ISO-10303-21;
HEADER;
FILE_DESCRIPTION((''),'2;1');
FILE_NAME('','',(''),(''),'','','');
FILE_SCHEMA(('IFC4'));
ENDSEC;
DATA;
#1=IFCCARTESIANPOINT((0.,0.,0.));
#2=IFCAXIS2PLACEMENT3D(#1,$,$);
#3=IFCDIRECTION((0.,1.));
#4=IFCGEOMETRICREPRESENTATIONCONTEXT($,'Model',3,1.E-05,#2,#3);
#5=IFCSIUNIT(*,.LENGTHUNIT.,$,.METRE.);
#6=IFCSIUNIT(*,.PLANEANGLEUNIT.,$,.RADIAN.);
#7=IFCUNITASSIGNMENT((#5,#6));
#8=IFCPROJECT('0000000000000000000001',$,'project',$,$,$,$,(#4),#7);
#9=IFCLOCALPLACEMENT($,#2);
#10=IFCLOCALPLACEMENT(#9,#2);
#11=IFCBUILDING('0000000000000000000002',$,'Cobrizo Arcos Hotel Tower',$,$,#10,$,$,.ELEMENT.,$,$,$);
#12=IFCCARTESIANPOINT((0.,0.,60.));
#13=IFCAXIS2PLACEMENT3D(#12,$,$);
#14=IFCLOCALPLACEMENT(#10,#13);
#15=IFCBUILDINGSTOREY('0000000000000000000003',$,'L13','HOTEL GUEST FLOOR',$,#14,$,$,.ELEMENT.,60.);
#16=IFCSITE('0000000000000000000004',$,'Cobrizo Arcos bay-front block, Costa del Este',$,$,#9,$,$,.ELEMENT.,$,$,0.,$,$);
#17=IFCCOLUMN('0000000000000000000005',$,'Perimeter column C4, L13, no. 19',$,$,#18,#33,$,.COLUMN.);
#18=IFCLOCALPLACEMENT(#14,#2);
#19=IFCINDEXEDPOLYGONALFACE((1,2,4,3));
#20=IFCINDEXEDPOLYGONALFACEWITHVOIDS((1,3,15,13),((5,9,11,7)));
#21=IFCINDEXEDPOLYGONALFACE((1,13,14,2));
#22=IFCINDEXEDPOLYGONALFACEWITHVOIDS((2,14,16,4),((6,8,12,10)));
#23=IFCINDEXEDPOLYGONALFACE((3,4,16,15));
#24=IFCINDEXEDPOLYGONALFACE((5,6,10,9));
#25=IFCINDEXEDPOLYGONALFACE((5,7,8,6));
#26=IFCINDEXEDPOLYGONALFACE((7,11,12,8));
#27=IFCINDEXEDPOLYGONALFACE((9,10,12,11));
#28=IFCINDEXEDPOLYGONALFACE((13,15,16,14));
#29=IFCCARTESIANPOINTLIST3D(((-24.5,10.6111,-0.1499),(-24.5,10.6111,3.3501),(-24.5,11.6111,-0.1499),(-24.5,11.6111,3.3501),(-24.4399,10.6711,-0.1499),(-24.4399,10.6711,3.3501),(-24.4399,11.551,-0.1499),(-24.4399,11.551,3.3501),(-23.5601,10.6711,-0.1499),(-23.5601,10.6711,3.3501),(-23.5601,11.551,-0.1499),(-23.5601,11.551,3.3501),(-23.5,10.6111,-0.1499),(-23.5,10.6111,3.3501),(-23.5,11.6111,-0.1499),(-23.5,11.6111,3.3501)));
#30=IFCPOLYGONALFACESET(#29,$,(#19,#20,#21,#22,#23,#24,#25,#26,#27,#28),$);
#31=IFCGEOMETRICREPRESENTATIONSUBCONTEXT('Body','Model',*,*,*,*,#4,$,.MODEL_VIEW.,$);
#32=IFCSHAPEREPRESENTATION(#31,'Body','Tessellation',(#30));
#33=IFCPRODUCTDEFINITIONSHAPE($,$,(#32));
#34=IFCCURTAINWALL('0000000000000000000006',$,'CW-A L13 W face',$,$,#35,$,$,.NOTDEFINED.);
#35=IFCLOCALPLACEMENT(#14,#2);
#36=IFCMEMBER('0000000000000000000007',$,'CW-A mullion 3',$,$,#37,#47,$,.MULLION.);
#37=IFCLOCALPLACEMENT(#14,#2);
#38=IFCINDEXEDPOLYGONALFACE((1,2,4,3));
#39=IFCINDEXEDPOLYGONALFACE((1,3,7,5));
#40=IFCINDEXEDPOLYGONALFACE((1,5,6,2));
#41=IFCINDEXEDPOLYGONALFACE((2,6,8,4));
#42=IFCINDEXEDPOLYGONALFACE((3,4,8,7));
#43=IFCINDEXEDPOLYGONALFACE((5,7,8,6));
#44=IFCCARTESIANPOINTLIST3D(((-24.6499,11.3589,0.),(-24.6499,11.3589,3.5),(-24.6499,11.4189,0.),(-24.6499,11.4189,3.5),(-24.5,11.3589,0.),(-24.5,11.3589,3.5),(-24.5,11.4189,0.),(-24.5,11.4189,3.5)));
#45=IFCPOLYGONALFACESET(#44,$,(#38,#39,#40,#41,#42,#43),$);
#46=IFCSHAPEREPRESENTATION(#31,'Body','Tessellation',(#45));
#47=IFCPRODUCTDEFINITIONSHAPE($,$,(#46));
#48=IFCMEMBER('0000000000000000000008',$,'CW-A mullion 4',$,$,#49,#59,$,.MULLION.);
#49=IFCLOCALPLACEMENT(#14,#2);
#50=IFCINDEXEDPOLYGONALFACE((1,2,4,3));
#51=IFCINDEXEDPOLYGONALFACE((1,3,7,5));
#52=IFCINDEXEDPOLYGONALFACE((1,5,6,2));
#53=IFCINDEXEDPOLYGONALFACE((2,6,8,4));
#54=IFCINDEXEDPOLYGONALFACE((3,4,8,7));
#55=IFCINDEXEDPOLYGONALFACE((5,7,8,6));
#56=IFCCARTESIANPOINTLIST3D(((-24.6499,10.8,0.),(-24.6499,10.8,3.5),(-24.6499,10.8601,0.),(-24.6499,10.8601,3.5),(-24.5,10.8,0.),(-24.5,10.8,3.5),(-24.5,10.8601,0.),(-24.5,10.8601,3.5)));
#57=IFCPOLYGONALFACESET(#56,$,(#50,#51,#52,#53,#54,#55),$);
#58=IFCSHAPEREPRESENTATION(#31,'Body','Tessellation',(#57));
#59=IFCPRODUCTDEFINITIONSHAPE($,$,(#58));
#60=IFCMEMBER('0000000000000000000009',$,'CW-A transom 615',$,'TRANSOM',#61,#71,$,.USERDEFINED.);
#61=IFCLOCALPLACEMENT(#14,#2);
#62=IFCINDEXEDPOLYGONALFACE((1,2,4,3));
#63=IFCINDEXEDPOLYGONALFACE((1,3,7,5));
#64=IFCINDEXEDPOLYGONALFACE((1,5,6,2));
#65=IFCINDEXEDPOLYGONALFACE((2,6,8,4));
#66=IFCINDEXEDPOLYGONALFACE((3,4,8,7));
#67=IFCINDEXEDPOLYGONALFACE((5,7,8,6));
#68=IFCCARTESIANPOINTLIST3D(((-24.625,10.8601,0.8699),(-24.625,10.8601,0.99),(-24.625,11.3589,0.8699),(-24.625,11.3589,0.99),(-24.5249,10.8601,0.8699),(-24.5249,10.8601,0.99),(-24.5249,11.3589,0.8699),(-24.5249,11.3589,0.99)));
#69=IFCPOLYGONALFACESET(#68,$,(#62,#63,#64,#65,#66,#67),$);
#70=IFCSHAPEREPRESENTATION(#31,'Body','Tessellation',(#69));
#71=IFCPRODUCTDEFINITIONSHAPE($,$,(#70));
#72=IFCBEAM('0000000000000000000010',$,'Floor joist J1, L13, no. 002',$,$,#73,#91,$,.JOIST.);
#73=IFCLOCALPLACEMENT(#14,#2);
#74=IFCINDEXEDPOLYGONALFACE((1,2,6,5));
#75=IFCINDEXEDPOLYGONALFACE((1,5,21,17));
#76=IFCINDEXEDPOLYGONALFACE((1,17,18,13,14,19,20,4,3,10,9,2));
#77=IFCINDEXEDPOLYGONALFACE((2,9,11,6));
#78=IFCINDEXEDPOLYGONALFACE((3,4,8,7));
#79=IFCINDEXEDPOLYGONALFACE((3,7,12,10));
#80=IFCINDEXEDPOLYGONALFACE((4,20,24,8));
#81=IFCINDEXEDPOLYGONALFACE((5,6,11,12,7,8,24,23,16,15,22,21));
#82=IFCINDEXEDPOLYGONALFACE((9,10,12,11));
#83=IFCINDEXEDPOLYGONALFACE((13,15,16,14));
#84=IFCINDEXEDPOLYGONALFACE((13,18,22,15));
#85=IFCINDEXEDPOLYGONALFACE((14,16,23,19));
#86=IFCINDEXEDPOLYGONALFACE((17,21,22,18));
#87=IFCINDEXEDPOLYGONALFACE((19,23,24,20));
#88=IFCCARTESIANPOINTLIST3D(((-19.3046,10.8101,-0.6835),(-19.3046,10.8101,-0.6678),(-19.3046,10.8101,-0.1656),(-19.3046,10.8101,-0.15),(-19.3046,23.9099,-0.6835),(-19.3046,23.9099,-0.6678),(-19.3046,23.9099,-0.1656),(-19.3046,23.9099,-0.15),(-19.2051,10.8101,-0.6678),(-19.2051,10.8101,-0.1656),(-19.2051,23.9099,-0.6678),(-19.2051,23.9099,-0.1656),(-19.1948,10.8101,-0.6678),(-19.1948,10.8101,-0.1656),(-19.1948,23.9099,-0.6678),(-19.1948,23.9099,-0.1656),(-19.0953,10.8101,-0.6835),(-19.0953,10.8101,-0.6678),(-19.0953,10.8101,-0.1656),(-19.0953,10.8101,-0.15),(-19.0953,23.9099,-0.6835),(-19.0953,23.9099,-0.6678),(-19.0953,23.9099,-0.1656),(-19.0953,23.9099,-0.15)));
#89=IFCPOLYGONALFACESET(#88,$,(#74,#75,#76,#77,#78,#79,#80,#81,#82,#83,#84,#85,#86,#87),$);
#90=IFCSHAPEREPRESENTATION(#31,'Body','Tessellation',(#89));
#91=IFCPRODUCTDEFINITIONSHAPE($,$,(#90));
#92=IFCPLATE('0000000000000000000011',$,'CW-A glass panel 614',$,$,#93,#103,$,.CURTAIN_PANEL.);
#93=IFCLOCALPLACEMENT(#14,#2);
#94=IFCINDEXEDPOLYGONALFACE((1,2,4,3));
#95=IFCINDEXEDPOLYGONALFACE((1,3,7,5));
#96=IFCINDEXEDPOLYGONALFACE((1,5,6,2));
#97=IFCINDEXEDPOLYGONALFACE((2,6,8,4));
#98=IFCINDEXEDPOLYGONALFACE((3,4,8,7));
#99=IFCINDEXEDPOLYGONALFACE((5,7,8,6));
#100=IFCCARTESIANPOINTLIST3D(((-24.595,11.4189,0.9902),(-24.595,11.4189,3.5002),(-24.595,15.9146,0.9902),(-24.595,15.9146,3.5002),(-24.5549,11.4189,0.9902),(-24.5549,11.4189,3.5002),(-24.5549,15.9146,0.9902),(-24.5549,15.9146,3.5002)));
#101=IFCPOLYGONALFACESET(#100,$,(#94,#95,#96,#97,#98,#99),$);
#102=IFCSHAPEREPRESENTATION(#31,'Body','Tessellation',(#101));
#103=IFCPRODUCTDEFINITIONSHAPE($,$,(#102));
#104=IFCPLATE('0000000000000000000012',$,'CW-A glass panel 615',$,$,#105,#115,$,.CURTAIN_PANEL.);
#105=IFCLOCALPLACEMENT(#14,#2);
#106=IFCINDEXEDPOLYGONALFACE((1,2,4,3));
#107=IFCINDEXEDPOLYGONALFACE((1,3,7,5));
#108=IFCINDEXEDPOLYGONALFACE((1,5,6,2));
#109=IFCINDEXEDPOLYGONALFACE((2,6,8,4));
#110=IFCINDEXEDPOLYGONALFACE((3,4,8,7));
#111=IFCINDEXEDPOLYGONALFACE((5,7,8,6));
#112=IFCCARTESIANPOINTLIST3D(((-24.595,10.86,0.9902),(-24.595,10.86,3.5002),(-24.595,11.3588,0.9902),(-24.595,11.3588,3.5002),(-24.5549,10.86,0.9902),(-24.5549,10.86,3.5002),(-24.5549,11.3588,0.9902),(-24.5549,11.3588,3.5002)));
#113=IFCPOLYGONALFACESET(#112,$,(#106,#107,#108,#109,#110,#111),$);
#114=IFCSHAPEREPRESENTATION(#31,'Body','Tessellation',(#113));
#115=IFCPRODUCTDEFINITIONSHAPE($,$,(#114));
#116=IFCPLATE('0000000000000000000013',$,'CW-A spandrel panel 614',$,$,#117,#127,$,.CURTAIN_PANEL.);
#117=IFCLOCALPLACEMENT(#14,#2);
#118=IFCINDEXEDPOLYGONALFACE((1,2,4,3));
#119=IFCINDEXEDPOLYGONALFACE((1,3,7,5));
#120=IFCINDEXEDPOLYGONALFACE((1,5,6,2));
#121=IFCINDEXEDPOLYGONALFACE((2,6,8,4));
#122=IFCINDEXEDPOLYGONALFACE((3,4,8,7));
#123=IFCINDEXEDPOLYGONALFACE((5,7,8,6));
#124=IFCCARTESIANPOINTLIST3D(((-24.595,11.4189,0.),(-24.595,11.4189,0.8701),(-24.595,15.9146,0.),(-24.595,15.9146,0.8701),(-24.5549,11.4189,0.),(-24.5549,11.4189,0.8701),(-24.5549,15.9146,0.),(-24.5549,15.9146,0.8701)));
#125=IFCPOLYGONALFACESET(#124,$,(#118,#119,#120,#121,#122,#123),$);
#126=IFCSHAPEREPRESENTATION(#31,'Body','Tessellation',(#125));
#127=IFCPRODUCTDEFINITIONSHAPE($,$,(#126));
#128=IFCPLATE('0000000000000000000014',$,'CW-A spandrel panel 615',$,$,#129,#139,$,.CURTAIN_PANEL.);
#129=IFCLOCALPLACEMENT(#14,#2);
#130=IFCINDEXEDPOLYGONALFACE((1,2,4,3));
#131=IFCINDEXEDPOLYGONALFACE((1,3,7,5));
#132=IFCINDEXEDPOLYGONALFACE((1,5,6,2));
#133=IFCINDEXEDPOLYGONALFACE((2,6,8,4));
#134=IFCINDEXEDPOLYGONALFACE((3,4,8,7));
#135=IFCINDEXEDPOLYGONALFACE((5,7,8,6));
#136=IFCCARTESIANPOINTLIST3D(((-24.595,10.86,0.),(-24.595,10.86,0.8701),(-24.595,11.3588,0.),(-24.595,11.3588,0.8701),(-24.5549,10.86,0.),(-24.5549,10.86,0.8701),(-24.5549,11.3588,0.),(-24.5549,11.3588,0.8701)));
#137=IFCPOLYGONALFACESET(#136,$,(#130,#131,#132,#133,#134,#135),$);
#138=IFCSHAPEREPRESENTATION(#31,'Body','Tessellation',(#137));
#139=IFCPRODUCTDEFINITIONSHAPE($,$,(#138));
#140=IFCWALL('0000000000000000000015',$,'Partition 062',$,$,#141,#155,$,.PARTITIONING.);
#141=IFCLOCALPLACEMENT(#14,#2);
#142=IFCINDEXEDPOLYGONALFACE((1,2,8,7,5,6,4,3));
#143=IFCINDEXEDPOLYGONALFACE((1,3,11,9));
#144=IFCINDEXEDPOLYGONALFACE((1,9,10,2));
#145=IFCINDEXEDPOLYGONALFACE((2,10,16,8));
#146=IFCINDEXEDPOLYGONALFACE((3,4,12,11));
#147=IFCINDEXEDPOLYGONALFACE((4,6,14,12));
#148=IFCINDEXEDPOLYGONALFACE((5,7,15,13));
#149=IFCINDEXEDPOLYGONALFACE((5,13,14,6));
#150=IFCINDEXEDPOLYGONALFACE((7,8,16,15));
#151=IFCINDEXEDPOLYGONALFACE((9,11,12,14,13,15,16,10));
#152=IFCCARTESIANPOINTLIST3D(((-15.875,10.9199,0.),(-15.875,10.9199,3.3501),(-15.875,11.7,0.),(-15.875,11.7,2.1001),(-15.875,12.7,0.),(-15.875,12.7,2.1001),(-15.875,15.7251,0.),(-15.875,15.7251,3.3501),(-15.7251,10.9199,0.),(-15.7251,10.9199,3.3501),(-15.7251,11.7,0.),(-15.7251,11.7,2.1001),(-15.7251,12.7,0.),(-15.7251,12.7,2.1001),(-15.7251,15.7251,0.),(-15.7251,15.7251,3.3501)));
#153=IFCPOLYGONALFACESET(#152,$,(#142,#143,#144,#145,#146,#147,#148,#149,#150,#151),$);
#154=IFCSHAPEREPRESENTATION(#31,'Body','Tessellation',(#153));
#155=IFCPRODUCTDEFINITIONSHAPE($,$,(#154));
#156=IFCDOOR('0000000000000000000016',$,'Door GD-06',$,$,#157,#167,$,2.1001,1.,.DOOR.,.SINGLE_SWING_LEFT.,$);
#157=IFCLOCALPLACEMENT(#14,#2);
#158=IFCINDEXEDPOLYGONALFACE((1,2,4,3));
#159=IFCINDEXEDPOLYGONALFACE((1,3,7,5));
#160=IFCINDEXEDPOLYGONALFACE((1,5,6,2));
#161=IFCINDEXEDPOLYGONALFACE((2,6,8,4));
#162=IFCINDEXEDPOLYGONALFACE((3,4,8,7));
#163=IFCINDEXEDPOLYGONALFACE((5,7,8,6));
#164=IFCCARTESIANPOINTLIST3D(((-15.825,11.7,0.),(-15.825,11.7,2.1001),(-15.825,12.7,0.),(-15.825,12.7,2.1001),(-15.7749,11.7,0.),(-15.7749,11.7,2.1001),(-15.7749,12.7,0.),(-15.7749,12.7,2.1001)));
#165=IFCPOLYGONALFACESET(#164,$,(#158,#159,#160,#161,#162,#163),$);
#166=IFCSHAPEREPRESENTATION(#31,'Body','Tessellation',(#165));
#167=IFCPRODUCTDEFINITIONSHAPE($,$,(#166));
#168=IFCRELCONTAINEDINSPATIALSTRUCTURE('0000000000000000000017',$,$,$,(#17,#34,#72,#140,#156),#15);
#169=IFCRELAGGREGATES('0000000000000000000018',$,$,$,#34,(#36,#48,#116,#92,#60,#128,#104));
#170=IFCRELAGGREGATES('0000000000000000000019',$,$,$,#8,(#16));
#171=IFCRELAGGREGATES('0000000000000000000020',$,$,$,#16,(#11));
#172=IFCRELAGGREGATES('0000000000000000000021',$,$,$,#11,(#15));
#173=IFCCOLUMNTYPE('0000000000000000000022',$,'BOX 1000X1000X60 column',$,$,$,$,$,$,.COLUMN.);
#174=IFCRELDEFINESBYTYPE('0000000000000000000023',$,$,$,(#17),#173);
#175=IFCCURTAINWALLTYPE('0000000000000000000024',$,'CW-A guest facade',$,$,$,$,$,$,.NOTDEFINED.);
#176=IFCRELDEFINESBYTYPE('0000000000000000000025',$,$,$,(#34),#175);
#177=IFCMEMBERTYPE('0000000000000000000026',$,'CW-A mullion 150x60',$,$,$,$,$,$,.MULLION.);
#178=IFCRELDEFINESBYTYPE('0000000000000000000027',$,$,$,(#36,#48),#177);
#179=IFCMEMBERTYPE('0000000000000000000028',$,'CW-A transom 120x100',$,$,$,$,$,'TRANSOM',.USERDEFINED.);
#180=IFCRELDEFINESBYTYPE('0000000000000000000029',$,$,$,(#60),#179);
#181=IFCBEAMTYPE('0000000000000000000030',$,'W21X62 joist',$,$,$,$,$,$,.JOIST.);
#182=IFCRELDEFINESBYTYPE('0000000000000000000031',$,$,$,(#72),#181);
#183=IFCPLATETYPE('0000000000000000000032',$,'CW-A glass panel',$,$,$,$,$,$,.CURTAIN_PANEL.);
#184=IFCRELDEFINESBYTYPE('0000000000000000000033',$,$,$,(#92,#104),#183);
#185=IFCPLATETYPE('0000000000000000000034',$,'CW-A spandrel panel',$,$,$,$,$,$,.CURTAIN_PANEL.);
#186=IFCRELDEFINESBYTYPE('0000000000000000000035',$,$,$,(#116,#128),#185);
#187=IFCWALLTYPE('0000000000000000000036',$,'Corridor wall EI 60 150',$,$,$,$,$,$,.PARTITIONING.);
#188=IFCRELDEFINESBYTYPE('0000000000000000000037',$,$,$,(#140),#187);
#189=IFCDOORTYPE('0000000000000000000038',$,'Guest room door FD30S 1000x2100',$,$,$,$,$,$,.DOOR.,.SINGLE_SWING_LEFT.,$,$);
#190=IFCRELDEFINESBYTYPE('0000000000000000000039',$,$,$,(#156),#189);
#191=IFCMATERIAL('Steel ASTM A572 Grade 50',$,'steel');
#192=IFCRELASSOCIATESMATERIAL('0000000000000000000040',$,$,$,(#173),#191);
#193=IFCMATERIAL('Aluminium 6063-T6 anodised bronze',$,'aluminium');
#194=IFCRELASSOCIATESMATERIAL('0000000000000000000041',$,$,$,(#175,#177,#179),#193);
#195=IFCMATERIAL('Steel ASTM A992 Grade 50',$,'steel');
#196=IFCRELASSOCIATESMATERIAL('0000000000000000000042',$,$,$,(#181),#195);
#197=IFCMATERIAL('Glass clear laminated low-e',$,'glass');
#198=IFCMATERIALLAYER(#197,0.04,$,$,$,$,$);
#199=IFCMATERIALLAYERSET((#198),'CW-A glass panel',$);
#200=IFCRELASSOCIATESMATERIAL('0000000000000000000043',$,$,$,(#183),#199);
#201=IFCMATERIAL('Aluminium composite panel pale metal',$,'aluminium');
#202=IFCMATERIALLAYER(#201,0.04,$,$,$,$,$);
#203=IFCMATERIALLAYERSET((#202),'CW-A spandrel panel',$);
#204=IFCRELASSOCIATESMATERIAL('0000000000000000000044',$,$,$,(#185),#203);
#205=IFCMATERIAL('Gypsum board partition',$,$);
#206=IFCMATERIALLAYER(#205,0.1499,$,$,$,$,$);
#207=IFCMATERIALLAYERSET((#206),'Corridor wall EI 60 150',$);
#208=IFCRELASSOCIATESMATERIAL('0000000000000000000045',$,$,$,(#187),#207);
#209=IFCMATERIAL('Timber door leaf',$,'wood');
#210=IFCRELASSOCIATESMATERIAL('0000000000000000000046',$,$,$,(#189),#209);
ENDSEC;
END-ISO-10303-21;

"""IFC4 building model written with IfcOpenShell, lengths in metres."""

from ifc_helpers import new_model, si_unit, direction, frame, frame_2d, origin, origin_2d, place, context, subcontext, project, spatial, rectangle, hollow_rectangle, i_section, extrude, material, layer, layer_set, material_profile, profile_set, type_object, element, fill, aggregate, save


model = new_model("IFC4")

# Units and contexts
model_context = context("Model", 3, precision=1e-05, world=origin(), true_north=direction((0.0, 1.0)))
body_context = subcontext(model_context, "Body", "Model", "MODEL_VIEW")
ifc_project = project(units=[si_unit("LENGTHUNIT", "METRE"), si_unit("PLANEANGLEUNIT", "RADIAN")], contexts=[model_context])

# Site, building, storey
site_placement = place(None, origin())
site = spatial("IfcSite", under=ifc_project, at=site_placement, Name="Cobrizo Arcos bay-front block, Costa del Este", CompositionType="ELEMENT", RefElevation=0.0)
building_placement = place(site_placement, origin())
building = spatial("IfcBuilding", under=site, at=building_placement, Name="Cobrizo Arcos Hotel Tower", CompositionType="ELEMENT")
storey_placement = place(building_placement, frame((0.0, 0.0, 60.0)))
storey = spatial("IfcBuildingStorey", under=building, at=storey_placement, Name="L13", Description="HOTEL GUEST FLOOR", CompositionType="ELEMENT", Elevation=60.0)

# Column
ifc_material_1 = material(Name="Steel ASTM A572 Grade 50", Category="steel")
ifc_material_profile_1 = material_profile(ifc_material_1, hollow_rectangle(XDim=1.0, YDim=1.0, WallThickness=0.0601, at=origin_2d()), Name="BOX 1000X1000X60")
ifc_profile_set_1 = profile_set([ifc_material_profile_1], Name="Steel ASTM A572 Grade 50")
column_type = type_object("IfcColumnType", Name="BOX 1000X1000X60 column", PredefinedType="COLUMN", material=ifc_profile_set_1)
column_placement = place(storey_placement, frame((-24.0, 11.1111, -0.1499), z_axis=(0.0, 0.0, 1.0), x_axis=(1.0, 0.0, 0.0)))
element("IfcColumn", 1, at=column_placement, inside=storey, type_object=column_type, Name="Perimeter column C4, L13, no. 19", PredefinedType="COLUMN", context=body_context, shape_type="SweptSolid", body=[
    extrude(hollow_rectangle(XDim=1.0, YDim=1.0, WallThickness=0.0601, at=origin_2d()), origin(), (0.0, 0.0, 1.0), 3.5),
])

# Curtain wall, members
ifc_material_2 = material(Name="Aluminium 6063-T6 anodised bronze", Category="aluminium")
curtain_wall_type = type_object("IfcCurtainWallType", Name="CW-A guest facade", PredefinedType="NOTDEFINED", material=ifc_material_2)
curtain_wall_placement = place(storey_placement, origin())
curtain_wall = element("IfcCurtainWall", 2, at=curtain_wall_placement, inside=storey, type_object=curtain_wall_type, Name="CW-A L13 W face", PredefinedType="NOTDEFINED")
ifc_material_profile_2 = material_profile(ifc_material_2, rectangle(XDim=0.1499, YDim=0.0601, at=origin_2d()), Name="CW-A mullion 150x60")
ifc_profile_set_2 = profile_set([ifc_material_profile_2], Name="Aluminium 6063-T6 anodised bronze")
member_type_1 = type_object("IfcMemberType", Name="CW-A mullion 150x60", PredefinedType="MULLION", material=ifc_profile_set_2)
member_1_placement = place(storey_placement, frame((-24.575, 11.3889, 0.0), z_axis=(0.0, 0.0, 1.0), x_axis=(-1.0, 0.0, 0.0)))
member_1 = element("IfcMember", 3, at=member_1_placement, type_object=member_type_1, Name="CW-A mullion 3", PredefinedType="MULLION", context=body_context, shape_type="SweptSolid", body=[
    extrude(rectangle(XDim=0.1499, YDim=0.0601, at=origin_2d()), origin(), (0.0, 0.0, 1.0), 3.5),
])
member_2_placement = place(storey_placement, frame((-24.575, 10.8301, 0.0), z_axis=(0.0, 0.0, 1.0), x_axis=(-1.0, 0.0, 0.0)))
member_2 = element("IfcMember", 4, at=member_2_placement, type_object=member_type_1, Name="CW-A mullion 4", PredefinedType="MULLION", context=body_context, shape_type="SweptSolid", body=[
    extrude(rectangle(XDim=0.1499, YDim=0.0601, at=origin_2d()), origin(), (0.0, 0.0, 1.0), 3.5),
])
ifc_material_profile_3 = material_profile(ifc_material_2, rectangle(XDim=0.1001, YDim=0.1201, at=origin_2d()), Name="CW-A transom 120x100")
ifc_profile_set_3 = profile_set([ifc_material_profile_3], Name="Aluminium 6063-T6 anodised bronze")
member_type_2 = type_object("IfcMemberType", Name="CW-A transom 120x100", ElementType="TRANSOM", PredefinedType="USERDEFINED", material=ifc_profile_set_3)
member_3_placement = place(storey_placement, frame((-24.575, 11.3589, 0.9299), z_axis=(0.0, -1.0, 0.0), x_axis=(1.0, 0.0, 0.0)))
member_3 = element("IfcMember", 5, at=member_3_placement, type_object=member_type_2, Name="CW-A transom 615", ObjectType="TRANSOM", PredefinedType="USERDEFINED", context=body_context, shape_type="SweptSolid", body=[
    extrude(rectangle(XDim=0.1001, YDim=0.1201, at=origin_2d()), origin(), (0.0, 0.0, 1.0), 0.4988),
])

# Beam
ifc_material_3 = material(Name="Steel ASTM A992 Grade 50", Category="steel")
ifc_material_profile_4 = material_profile(ifc_material_3, i_section(OverallWidth=0.2092, OverallDepth=0.5334, WebThickness=0.0103, FlangeThickness=0.0156, at=origin_2d()), Name="W21X62")
ifc_profile_set_4 = profile_set([ifc_material_profile_4], Name="Steel ASTM A992 Grade 50")
beam_type = type_object("IfcBeamType", Name="W21X62 joist", PredefinedType="JOIST", material=ifc_profile_set_4)
beam_placement = place(storey_placement, frame((-19.2, 10.8101, -0.4167), z_axis=(0.0, 1.0, 0.0), x_axis=(-1.0, 0.0, 0.0)))
element("IfcBeam", 6, at=beam_placement, inside=storey, type_object=beam_type, Name="Floor joist J1, L13, no. 002", PredefinedType="JOIST", context=body_context, shape_type="SweptSolid", body=[
    extrude(i_section(OverallWidth=0.2092, OverallDepth=0.5334, WebThickness=0.0103, FlangeThickness=0.0156, at=origin_2d()), origin(), (0.0, 0.0, 1.0), 13.0999),
])

# Plates
ifc_material_4 = material(Name="Glass clear laminated low-e", Category="glass")
ifc_layer_1 = layer(ifc_material_4, 0.04)
ifc_layer_set_1 = layer_set([ifc_layer_1], Name="CW-A glass panel")
plate_type_1 = type_object("IfcPlateType", Name="CW-A glass panel", PredefinedType="CURTAIN_PANEL", material=ifc_layer_set_1)
plate_1_placement = place(storey_placement, frame((-24.575, 13.6667, 0.9902), z_axis=(0.0, 0.0, 1.0), x_axis=(0.0, -1.0, 0.0)))
plate_1 = element("IfcPlate", 7, at=plate_1_placement, type_object=plate_type_1, Name="CW-A glass panel 614", PredefinedType="CURTAIN_PANEL", context=body_context, shape_type="SweptSolid", body=[
    extrude(rectangle(XDim=4.4956, YDim=0.04, at=origin_2d()), origin(), (0.0, 0.0, 1.0), 2.51),
])
plate_2_placement = place(storey_placement, frame((-24.575, 11.1094, 0.9902), z_axis=(0.0, 0.0, 1.0), x_axis=(0.0, -1.0, 0.0)))
plate_2 = element("IfcPlate", 8, at=plate_2_placement, type_object=plate_type_1, Name="CW-A glass panel 615", PredefinedType="CURTAIN_PANEL", context=body_context, shape_type="SweptSolid", body=[
    extrude(rectangle(XDim=0.4988, YDim=0.04, at=origin_2d()), origin(), (0.0, 0.0, 1.0), 2.51),
])
ifc_material_5 = material(Name="Aluminium composite panel pale metal", Category="aluminium")
ifc_layer_2 = layer(ifc_material_5, 0.04)
ifc_layer_set_2 = layer_set([ifc_layer_2], Name="CW-A spandrel panel")
plate_type_2 = type_object("IfcPlateType", Name="CW-A spandrel panel", PredefinedType="CURTAIN_PANEL", material=ifc_layer_set_2)
plate_3_placement = place(storey_placement, frame((-24.575, 13.6667, 0.0), z_axis=(0.0, 0.0, 1.0), x_axis=(0.0, -1.0, 0.0)))
plate_3 = element("IfcPlate", 9, at=plate_3_placement, type_object=plate_type_2, Name="CW-A spandrel panel 614", PredefinedType="CURTAIN_PANEL", context=body_context, shape_type="SweptSolid", body=[
    extrude(rectangle(XDim=4.4956, YDim=0.04, at=origin_2d()), origin(), (0.0, 0.0, 1.0), 0.8701),
])
plate_4_placement = place(storey_placement, frame((-24.575, 11.1094, 0.0), z_axis=(0.0, 0.0, 1.0), x_axis=(0.0, -1.0, 0.0)))
plate_4 = element("IfcPlate", 10, at=plate_4_placement, type_object=plate_type_2, Name="CW-A spandrel panel 615", PredefinedType="CURTAIN_PANEL", context=body_context, shape_type="SweptSolid", body=[
    extrude(rectangle(XDim=0.4988, YDim=0.04, at=origin_2d()), origin(), (0.0, 0.0, 1.0), 0.8701),
])
aggregate(curtain_wall, [member_1, member_2, plate_3, plate_1, member_3, plate_4, plate_2])

# Wall, opening, door
ifc_material_6 = material(Name="Gypsum board partition")
ifc_layer_3 = layer(ifc_material_6, 0.1499)
ifc_layer_set_3 = layer_set([ifc_layer_3], Name="Corridor wall EI 60 150")
wall_type_1 = type_object("IfcWallType", Name="Corridor wall EI 60 150", PredefinedType="PARTITIONING", material=ifc_layer_set_3)
wall_1_placement = place(storey_placement, frame((-15.8, 10.9199, 0.0), z_axis=(0.0, 0.0, 1.0), x_axis=(0.0, 1.0, 0.0)))
wall_1 = element("IfcWall", 11, at=wall_1_placement, inside=storey, type_object=wall_type_1, Name="Partition 062", PredefinedType="PARTITIONING", context=body_context, shape_type="SweptSolid", body=[
    extrude(rectangle(XDim=4.8052, YDim=0.1499, at=frame_2d((2.4026, 0.0))), origin(), (0.0, 0.0, 1.0), 3.3501),
])
opening_1_placement = place(wall_1_placement, frame((0.78, 0.0, 0.0)))
opening_1 = element("IfcOpeningElement", 12, at=opening_1_placement, cuts=wall_1, PredefinedType="OPENING", context=body_context, shape_type="SweptSolid", body=[
    extrude(rectangle(XDim=1.0, YDim=2.1001, at=frame_2d((0.5, 1.05))), frame((0.0, 0.0869, 0.0), z_axis=(0.0, -1.0, 0.0), x_axis=(1.0, 0.0, 0.0)), (0.0, 0.0, 1.0), 0.1738),
])
ifc_material_7 = material(Name="Timber door leaf", Category="wood")
door_type_1 = type_object("IfcDoorType", Name="Guest room door FD30S 1000x2100", OperationType="SINGLE_SWING_LEFT", PredefinedType="DOOR", material=ifc_material_7)
door_1_placement = place(opening_1_placement, origin())
door_1 = element("IfcDoor", 13, at=door_1_placement, inside=storey, type_object=door_type_1, Name="Door GD-06", OperationType="SINGLE_SWING_LEFT", OverallHeight=2.1001, OverallWidth=1.0, PredefinedType="DOOR", context=body_context, shape_type="SweptSolid", body=[
    extrude(rectangle(XDim=1.0, YDim=2.1001, at=frame_2d((0.5, 1.05))), frame((0.0, 0.0249, 0.0), z_axis=(0.0, -1.0, 0.0), x_axis=(1.0, 0.0, 0.0)), (0.0, 0.0, 1.0), 0.05),
])
fill(opening_1, door_1)

save(model, "model.ifc")
